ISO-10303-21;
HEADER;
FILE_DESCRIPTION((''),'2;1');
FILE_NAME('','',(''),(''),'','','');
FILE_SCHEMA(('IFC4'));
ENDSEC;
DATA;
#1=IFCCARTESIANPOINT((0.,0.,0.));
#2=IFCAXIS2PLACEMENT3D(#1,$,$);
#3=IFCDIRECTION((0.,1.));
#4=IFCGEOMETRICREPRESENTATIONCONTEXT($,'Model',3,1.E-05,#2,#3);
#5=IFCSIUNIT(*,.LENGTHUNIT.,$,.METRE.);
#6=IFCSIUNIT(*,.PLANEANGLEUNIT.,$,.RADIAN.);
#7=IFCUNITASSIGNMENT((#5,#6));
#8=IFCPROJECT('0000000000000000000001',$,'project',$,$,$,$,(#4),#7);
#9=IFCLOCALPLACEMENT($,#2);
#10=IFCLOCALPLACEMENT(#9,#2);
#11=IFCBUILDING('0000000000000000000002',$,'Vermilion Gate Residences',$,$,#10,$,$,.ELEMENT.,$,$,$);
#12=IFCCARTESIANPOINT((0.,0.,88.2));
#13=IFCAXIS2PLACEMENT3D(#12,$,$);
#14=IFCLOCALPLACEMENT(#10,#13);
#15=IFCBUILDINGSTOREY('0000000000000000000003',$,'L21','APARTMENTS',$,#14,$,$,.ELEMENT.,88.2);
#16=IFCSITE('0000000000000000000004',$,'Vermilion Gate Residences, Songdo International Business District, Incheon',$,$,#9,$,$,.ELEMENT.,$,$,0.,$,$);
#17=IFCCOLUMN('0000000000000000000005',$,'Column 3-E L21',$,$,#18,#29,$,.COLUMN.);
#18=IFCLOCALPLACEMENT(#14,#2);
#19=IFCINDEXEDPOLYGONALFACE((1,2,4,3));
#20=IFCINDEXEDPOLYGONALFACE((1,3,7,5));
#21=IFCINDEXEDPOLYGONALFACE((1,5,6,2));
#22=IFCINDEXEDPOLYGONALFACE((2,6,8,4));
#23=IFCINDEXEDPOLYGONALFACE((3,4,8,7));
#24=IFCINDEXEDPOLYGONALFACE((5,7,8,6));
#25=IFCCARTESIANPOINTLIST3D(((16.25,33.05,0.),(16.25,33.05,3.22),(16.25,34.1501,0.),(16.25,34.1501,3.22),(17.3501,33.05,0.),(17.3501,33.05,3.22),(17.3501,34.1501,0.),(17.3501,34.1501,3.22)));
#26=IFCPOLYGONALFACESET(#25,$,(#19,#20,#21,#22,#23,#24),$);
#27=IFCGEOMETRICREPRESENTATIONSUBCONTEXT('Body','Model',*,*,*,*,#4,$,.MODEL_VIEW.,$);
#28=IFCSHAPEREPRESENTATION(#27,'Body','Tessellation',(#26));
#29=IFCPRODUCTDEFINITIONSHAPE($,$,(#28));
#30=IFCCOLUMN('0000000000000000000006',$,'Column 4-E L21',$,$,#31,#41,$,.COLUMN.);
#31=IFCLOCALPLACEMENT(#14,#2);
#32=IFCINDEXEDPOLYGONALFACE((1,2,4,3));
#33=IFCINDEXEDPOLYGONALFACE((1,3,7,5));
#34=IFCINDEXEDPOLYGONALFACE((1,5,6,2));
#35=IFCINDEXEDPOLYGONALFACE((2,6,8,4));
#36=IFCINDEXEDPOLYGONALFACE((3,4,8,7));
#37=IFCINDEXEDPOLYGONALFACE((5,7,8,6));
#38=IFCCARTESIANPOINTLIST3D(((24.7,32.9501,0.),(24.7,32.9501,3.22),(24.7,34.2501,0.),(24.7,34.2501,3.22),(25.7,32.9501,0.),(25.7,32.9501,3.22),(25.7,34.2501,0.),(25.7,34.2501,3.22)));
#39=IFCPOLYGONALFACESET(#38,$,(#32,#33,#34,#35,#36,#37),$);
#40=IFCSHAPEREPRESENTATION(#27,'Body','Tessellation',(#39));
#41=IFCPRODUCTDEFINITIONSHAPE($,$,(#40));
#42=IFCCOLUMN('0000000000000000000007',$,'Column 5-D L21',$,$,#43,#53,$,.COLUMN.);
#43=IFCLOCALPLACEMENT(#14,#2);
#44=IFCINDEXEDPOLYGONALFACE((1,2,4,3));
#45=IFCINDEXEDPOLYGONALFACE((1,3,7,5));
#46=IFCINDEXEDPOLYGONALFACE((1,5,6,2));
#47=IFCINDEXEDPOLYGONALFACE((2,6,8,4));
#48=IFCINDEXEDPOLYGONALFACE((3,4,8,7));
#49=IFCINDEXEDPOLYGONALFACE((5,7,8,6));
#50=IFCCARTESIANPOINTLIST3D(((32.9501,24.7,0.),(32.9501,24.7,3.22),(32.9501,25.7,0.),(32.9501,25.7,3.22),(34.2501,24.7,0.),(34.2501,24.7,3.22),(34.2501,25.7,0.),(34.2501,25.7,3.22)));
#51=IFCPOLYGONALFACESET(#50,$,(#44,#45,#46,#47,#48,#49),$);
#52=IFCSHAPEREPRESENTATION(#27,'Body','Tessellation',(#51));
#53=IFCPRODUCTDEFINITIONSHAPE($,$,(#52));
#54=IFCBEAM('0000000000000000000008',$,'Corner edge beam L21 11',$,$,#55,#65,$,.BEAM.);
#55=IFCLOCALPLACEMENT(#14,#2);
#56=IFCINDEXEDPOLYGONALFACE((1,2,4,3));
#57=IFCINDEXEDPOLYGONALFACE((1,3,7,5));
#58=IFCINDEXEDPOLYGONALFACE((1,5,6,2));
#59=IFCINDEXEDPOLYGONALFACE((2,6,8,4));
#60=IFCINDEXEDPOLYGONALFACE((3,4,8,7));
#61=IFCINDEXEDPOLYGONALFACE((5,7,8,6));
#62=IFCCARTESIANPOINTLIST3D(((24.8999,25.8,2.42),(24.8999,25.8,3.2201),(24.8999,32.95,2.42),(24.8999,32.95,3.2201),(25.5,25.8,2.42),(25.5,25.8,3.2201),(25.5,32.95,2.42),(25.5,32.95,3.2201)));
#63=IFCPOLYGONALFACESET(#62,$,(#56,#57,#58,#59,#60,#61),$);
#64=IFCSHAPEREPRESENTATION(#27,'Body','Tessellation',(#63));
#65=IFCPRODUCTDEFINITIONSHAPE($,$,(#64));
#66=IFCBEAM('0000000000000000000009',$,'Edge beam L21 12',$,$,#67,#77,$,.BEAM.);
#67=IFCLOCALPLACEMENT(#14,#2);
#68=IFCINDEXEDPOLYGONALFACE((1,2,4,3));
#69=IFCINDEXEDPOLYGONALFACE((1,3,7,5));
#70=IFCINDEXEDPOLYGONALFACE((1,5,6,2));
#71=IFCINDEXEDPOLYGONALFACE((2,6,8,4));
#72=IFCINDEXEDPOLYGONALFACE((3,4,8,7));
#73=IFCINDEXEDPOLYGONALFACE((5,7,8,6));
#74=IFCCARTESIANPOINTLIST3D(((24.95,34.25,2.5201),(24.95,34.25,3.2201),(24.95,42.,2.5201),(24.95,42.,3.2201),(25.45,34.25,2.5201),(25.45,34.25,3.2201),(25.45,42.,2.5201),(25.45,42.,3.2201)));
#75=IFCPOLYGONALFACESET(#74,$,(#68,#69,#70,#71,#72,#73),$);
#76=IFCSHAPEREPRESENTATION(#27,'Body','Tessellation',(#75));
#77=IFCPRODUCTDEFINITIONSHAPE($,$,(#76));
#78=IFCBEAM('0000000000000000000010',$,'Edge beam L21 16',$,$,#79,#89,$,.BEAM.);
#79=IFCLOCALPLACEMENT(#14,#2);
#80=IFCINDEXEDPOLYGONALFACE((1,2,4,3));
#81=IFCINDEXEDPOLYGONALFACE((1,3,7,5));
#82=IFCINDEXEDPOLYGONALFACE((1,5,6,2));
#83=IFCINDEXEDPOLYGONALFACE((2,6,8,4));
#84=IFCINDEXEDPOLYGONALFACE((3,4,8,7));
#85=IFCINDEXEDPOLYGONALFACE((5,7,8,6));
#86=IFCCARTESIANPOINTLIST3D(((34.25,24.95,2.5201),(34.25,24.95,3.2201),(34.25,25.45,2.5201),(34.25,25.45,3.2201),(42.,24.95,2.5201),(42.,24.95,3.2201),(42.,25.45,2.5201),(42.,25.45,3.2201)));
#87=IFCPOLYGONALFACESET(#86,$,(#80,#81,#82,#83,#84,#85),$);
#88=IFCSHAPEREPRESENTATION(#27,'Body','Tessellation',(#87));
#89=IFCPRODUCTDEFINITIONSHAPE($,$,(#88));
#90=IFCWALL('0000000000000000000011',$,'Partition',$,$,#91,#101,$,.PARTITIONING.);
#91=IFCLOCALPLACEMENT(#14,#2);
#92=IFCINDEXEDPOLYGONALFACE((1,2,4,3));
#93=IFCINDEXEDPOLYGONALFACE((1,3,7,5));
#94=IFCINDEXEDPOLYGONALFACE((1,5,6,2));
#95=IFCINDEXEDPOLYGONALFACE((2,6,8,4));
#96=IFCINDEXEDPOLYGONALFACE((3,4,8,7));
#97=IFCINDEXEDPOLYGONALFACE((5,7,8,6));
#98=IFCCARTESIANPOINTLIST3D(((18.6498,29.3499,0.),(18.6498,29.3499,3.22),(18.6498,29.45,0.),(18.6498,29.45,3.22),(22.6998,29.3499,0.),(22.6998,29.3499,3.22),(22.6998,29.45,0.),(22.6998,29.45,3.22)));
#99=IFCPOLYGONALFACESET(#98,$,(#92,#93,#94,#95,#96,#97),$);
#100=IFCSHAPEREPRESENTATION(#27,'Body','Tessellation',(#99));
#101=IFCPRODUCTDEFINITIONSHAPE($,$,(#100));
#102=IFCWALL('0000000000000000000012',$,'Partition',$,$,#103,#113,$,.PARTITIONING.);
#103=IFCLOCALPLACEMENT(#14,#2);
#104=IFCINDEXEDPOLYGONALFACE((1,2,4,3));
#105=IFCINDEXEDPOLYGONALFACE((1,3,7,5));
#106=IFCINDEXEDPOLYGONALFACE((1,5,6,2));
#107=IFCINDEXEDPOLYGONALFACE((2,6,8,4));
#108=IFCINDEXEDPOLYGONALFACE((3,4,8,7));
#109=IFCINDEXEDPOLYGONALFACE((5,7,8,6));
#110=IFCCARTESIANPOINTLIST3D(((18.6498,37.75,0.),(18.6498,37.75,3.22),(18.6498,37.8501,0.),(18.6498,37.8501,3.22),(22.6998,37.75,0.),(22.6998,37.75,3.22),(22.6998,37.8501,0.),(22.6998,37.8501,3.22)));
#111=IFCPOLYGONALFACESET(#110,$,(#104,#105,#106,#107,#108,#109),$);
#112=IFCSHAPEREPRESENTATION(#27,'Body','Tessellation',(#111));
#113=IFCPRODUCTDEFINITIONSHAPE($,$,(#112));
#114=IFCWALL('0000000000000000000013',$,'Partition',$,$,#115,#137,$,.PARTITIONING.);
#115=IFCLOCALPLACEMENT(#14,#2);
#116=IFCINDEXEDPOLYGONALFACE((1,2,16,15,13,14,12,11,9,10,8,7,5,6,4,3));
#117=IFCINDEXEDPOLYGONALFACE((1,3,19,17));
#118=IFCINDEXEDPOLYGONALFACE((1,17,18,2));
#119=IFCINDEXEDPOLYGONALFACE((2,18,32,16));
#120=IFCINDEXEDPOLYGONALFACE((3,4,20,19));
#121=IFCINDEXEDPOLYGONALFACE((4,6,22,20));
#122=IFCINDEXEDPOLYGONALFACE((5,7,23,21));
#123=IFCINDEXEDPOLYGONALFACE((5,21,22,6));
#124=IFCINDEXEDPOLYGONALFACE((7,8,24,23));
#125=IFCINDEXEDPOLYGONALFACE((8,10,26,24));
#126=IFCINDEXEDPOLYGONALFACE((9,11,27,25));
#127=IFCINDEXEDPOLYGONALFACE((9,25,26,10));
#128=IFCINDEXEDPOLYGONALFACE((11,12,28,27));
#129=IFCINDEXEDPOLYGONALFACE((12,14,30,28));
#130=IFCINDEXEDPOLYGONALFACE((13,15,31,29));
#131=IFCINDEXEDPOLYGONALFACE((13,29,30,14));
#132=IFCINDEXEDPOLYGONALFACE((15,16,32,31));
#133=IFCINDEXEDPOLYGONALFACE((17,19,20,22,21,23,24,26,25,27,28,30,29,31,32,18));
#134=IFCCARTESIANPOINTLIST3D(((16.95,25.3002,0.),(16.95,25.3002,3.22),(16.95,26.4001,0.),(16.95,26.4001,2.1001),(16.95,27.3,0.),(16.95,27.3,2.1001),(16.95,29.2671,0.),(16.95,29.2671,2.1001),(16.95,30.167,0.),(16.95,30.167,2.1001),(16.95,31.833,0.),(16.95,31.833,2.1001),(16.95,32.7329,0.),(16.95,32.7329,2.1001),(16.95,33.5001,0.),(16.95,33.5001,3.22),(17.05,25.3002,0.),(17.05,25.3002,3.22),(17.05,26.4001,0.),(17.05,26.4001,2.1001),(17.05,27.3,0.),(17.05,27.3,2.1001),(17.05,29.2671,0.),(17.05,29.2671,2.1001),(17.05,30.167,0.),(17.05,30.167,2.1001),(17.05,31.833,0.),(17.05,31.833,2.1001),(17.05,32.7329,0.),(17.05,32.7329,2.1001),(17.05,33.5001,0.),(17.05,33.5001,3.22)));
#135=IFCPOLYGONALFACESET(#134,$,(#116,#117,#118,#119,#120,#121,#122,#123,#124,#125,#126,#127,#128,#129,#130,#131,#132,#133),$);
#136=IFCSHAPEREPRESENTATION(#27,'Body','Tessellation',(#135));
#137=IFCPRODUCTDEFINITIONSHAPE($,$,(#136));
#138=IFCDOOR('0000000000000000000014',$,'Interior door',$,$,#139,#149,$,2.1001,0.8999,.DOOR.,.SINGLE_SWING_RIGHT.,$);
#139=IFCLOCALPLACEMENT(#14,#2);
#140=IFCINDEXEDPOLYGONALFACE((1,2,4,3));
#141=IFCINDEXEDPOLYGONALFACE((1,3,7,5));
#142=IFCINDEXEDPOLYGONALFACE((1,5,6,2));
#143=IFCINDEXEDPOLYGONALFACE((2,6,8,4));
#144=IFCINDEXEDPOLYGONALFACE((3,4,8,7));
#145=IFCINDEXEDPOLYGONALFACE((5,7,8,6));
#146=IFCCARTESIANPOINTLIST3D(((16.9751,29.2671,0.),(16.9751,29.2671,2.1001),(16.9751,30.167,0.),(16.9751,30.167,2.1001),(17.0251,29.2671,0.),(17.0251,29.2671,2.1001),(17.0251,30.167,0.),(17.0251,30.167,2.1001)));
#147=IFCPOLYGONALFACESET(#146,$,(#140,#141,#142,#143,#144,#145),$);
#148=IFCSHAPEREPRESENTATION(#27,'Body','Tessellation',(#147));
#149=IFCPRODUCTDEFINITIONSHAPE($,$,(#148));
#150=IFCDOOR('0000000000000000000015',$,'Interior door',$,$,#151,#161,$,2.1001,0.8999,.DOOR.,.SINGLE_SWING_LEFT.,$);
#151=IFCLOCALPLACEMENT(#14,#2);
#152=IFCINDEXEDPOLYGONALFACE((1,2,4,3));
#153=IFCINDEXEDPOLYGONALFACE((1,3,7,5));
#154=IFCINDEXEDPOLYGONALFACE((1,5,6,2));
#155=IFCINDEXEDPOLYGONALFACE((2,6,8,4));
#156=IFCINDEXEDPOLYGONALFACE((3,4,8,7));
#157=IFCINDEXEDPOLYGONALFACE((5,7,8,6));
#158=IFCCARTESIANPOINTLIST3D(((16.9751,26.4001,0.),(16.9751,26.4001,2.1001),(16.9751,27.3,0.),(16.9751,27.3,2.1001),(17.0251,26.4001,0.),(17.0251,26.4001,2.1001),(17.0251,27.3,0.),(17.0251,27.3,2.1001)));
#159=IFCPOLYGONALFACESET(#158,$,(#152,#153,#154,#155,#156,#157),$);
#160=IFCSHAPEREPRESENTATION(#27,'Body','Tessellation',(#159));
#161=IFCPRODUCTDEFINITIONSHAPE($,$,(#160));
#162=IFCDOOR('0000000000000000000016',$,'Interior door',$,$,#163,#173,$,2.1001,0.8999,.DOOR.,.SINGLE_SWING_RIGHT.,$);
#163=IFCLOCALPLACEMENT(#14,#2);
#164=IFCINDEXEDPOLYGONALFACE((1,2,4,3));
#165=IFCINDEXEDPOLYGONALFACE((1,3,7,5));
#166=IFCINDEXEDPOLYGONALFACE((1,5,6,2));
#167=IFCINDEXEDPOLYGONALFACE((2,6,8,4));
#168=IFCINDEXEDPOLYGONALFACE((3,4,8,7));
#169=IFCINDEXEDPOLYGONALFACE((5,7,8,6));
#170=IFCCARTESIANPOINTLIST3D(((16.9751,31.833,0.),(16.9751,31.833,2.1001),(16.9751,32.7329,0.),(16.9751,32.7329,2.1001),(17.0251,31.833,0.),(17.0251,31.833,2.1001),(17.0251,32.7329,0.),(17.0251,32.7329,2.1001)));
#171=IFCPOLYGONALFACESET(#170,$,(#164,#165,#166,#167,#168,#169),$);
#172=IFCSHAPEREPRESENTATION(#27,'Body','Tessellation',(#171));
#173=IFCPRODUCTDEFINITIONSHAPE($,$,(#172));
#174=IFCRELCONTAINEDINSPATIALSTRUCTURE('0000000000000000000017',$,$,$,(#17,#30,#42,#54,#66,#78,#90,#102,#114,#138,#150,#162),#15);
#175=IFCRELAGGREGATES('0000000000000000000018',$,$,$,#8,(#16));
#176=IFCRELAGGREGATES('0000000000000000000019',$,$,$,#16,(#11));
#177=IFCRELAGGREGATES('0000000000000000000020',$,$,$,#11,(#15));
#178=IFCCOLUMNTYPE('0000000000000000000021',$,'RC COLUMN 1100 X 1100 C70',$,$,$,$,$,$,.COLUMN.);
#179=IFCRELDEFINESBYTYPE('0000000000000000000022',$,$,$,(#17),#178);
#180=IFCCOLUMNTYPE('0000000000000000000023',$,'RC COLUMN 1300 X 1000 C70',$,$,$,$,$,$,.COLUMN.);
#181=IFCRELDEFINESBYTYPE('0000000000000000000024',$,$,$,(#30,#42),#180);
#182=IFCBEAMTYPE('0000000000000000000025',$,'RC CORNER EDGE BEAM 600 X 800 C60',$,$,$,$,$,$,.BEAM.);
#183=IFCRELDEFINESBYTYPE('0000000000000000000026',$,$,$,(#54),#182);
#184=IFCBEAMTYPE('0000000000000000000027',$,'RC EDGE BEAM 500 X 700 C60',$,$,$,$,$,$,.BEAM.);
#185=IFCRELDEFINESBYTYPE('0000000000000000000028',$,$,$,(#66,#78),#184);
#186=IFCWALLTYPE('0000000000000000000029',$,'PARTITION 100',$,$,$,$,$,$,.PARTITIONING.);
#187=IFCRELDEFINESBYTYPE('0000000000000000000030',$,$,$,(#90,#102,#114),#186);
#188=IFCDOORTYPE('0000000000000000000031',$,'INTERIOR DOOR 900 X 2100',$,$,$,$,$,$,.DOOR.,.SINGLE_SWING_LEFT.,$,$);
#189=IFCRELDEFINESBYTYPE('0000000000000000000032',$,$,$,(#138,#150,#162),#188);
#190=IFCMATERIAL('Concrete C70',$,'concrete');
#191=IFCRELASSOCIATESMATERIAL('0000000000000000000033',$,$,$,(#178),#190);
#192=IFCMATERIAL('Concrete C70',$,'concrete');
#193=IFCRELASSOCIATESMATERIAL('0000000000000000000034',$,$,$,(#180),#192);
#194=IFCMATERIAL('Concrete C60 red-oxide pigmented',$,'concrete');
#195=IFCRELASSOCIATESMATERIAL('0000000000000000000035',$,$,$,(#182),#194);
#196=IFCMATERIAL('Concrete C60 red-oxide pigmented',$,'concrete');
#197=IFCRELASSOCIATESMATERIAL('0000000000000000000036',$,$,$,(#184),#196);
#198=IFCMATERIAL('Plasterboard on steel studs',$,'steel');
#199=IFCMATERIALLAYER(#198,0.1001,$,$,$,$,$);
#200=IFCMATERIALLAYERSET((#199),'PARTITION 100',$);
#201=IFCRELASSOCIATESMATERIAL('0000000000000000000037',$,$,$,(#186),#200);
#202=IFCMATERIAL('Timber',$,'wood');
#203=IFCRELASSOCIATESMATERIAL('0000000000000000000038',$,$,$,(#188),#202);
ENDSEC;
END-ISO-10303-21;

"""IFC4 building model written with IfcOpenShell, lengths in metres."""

from ifc_helpers import new_model, si_unit, direction, frame, frame_2d, origin, origin_2d, place, context, subcontext, project, spatial, rectangle, extrude, material, layer, layer_set, material_profile, profile_set, type_object, element, fill, save


model = new_model("IFC4")

# Units and contexts
model_context = context("Model", 3, precision=1e-05, world=origin(), true_north=direction((0.0, 1.0)))
body_context = subcontext(model_context, "Body", "Model", "MODEL_VIEW")
ifc_project = project(units=[si_unit("LENGTHUNIT", "METRE"), si_unit("PLANEANGLEUNIT", "RADIAN")], contexts=[model_context])

# Site, building, storey
site_placement = place(None, origin())
site = spatial("IfcSite", under=ifc_project, at=site_placement, Name="Vermilion Gate Residences, Songdo International Business District, Incheon", CompositionType="ELEMENT", RefElevation=0.0)
building_placement = place(site_placement, origin())
building = spatial("IfcBuilding", under=site, at=building_placement, Name="Vermilion Gate Residences", CompositionType="ELEMENT")
storey_placement = place(building_placement, frame((0.0, 0.0, 88.2)))
storey = spatial("IfcBuildingStorey", under=building, at=storey_placement, Name="L21", Description="APARTMENTS", CompositionType="ELEMENT", Elevation=88.2)

# Columns
ifc_material_1 = material(Name="Concrete C70", Category="concrete")
ifc_material_profile_1 = material_profile(ifc_material_1, rectangle(XDim=1.1001, YDim=1.1001, at=origin_2d()), Name="RC-1100x1100")
ifc_profile_set_1 = profile_set([ifc_material_profile_1], Name="Concrete C70")
column_type_1 = type_object("IfcColumnType", Name="RC COLUMN 1100 X 1100 C70", PredefinedType="COLUMN", material=ifc_profile_set_1)
column_placement = place(storey_placement, frame((16.8, 33.6001, 0.0), z_axis=(0.0, 0.0, 1.0), x_axis=(1.0, 0.0, 0.0)))
element("IfcColumn", 1, at=column_placement, inside=storey, type_object=column_type_1, Name="Column 3-E L21", PredefinedType="COLUMN", context=body_context, shape_type="SweptSolid", body=[
    extrude(rectangle(XDim=1.1001, YDim=1.1001, at=origin_2d()), origin(), (0.0, 0.0, 1.0), 3.22),
])
ifc_material_2 = material(Name="Concrete C70", Category="concrete")
ifc_material_profile_2 = material_profile(ifc_material_2, rectangle(XDim=1.3, YDim=1.0, at=origin_2d()), Name="RC-1300x1000")
ifc_profile_set_2 = profile_set([ifc_material_profile_2], Name="Concrete C70")
column_type_2 = type_object("IfcColumnType", Name="RC COLUMN 1300 X 1000 C70", PredefinedType="COLUMN", material=ifc_profile_set_2)
for number, where, z_axis, x_axis, name in (
    (2, (25.2, 33.6001, 0.0), (0.0, 0.0, 1.0), (0.0, 1.0, 0.0), "Column 4-E L21"),
    (3, (33.6001, 25.2, 0.0), (0.0, 0.0, 1.0), (1.0, 0.0, 0.0), "Column 5-D L21"),
):
    element("IfcColumn", number, at=place(storey_placement, frame(where, z_axis=z_axis, x_axis=x_axis)), inside=storey, type_object=column_type_2, Name=name, PredefinedType="COLUMN", context=body_context, shape_type="SweptSolid", body=[
        extrude(rectangle(XDim=1.3, YDim=1.0, at=origin_2d()), origin(), (0.0, 0.0, 1.0), 3.22),
    ])

# Beams
ifc_material_3 = material(Name="Concrete C60 red-oxide pigmented", Category="concrete")
ifc_material_profile_3 = material_profile(ifc_material_3, rectangle(XDim=0.6001, YDim=0.8, at=origin_2d()), Name="RC-600x800")
ifc_profile_set_3 = profile_set([ifc_material_profile_3], Name="Concrete C60 red-oxide pigmented")
beam_type_1 = type_object("IfcBeamType", Name="RC CORNER EDGE BEAM 600 X 800 C60", PredefinedType="BEAM", material=ifc_profile_set_3)
beam_placement = place(storey_placement, frame((25.2, 25.8, 2.8201), z_axis=(0.0, 1.0, 0.0), x_axis=(-1.0, 0.0, 0.0)))
element("IfcBeam", 4, at=beam_placement, inside=storey, type_object=beam_type_1, Name="Corner edge beam L21 11", PredefinedType="BEAM", context=body_context, shape_type="SweptSolid", body=[
    extrude(rectangle(XDim=0.6001, YDim=0.8, at=origin_2d()), origin(), (0.0, 0.0, 1.0), 7.1499),
])
ifc_material_4 = material(Name="Concrete C60 red-oxide pigmented", Category="concrete")
ifc_material_profile_4 = material_profile(ifc_material_4, rectangle(XDim=0.5, YDim=0.7, at=origin_2d()), Name="RC-500x700")
ifc_profile_set_4 = profile_set([ifc_material_profile_4], Name="Concrete C60 red-oxide pigmented")
beam_type_2 = type_object("IfcBeamType", Name="RC EDGE BEAM 500 X 700 C60", PredefinedType="BEAM", material=ifc_profile_set_4)
for number, where, z_axis, x_axis, name in (
    (5, (25.2, 34.25, 2.8701), (0.0, 1.0, 0.0), (-1.0, 0.0, 0.0), "Edge beam L21 12"),
    (6, (34.25, 25.2, 2.8701), (1.0, 0.0, 0.0), (0.0, 1.0, 0.0), "Edge beam L21 16"),
):
    element("IfcBeam", number, at=place(storey_placement, frame(where, z_axis=z_axis, x_axis=x_axis)), inside=storey, type_object=beam_type_2, Name=name, PredefinedType="BEAM", context=body_context, shape_type="SweptSolid", body=[
        extrude(rectangle(XDim=0.5, YDim=0.7, at=origin_2d()), origin(), (0.0, 0.0, 1.0), 7.75),
    ])

# Walls
ifc_material_5 = material(Name="Plasterboard on steel studs", Category="steel")
ifc_layer_1 = layer(ifc_material_5, 0.1001)
ifc_layer_set_1 = layer_set([ifc_layer_1], Name="PARTITION 100")
wall_type = type_object("IfcWallType", Name="PARTITION 100", PredefinedType="PARTITIONING", material=ifc_layer_set_1)
for number, where, z_axis, x_axis, name in (
    (7, (18.6499, 29.3999, 0.0), (0.0, 0.0, 1.0), (1.0, 0.0, 0.0), "Partition"),
    (8, (18.6499, 37.8, 0.0), (0.0, 0.0, 1.0), (1.0, 0.0, 0.0), "Partition"),
):
    element("IfcWall", number, at=place(storey_placement, frame(where, z_axis=z_axis, x_axis=x_axis)), inside=storey, type_object=wall_type, Name=name, PredefinedType="PARTITIONING", context=body_context, shape_type="SweptSolid", body=[
        extrude(rectangle(XDim=4.05, YDim=0.1001, at=frame_2d((2.0249, 0.0))), origin(), (0.0, 0.0, 1.0), 3.22),
    ])

# Wall, openings, doors
wall_1_placement = place(storey_placement, frame((17.0, 25.3, 0.0), z_axis=(0.0, 0.0, 1.0), x_axis=(0.0, 1.0, 0.0)))
wall_1 = element("IfcWall", 9, at=wall_1_placement, inside=storey, type_object=wall_type, Name="Partition", PredefinedType="PARTITIONING", context=body_context, shape_type="SweptSolid", body=[
    extrude(rectangle(XDim=8.2, YDim=0.1001, at=frame_2d((4.1001, 0.0))), origin(), (0.0, 0.0, 1.0), 3.22),
])
opening_1_placement = place(wall_1_placement, frame((3.967, 0.0, 0.0)))
opening_1 = element("IfcOpeningElement", 10, at=opening_1_placement, cuts=wall_1, PredefinedType="OPENING", context=body_context, shape_type="SweptSolid", body=[
    extrude(rectangle(XDim=0.8999, YDim=2.1001, at=frame_2d((0.45, 1.05))), frame((0.0, 0.0601, 0.0), z_axis=(0.0, -1.0, 0.0), x_axis=(1.0, 0.0, 0.0)), (0.0, 0.0, 1.0), 0.1201),
])
opening_2_placement = place(wall_1_placement, frame((1.1001, 0.0, 0.0)))
opening_2 = element("IfcOpeningElement", 11, at=opening_2_placement, cuts=wall_1, PredefinedType="OPENING", context=body_context, shape_type="SweptSolid", body=[
    extrude(rectangle(XDim=0.8999, YDim=2.1001, at=frame_2d((0.45, 1.05))), frame((0.0, 0.0601, 0.0), z_axis=(0.0, -1.0, 0.0), x_axis=(1.0, 0.0, 0.0)), (0.0, 0.0, 1.0), 0.1201),
])
opening_3_placement = place(wall_1_placement, frame((6.533, 0.0, 0.0)))
opening_3 = element("IfcOpeningElement", 12, at=opening_3_placement, cuts=wall_1, PredefinedType="OPENING", context=body_context, shape_type="SweptSolid", body=[
    extrude(rectangle(XDim=0.8999, YDim=2.1001, at=frame_2d((0.45, 1.05))), frame((0.0, 0.0601, 0.0), z_axis=(0.0, -1.0, 0.0), x_axis=(1.0, 0.0, 0.0)), (0.0, 0.0, 1.0), 0.1201),
])
ifc_material_6 = material(Name="Timber", Category="wood")
door_type = type_object("IfcDoorType", Name="INTERIOR DOOR 900 X 2100", OperationType="SINGLE_SWING_LEFT", PredefinedType="DOOR", material=ifc_material_6)
door_1_placement = place(opening_1_placement, origin())
door_1 = element("IfcDoor", 13, at=door_1_placement, inside=storey, type_object=door_type, Name="Interior door", OperationType="SINGLE_SWING_RIGHT", OverallHeight=2.1001, OverallWidth=0.8999, PredefinedType="DOOR", context=body_context, shape_type="SweptSolid", body=[
    extrude(rectangle(XDim=0.8999, YDim=2.1001, at=frame_2d((0.45, 1.05))), frame((0.0, 0.0249, 0.0), z_axis=(0.0, -1.0, 0.0), x_axis=(1.0, 0.0, 0.0)), (0.0, 0.0, 1.0), 0.05),
])
fill(opening_1, door_1)
door_2_placement = place(opening_2_placement, origin())
door_2 = element("IfcDoor", 14, at=door_2_placement, inside=storey, type_object=door_type, Name="Interior door", OperationType="SINGLE_SWING_LEFT", OverallHeight=2.1001, OverallWidth=0.8999, PredefinedType="DOOR", context=body_context, shape_type="SweptSolid", body=[
    extrude(rectangle(XDim=0.8999, YDim=2.1001, at=frame_2d((0.45, 1.05))), frame((0.0, 0.0249, 0.0), z_axis=(0.0, -1.0, 0.0), x_axis=(1.0, 0.0, 0.0)), (0.0, 0.0, 1.0), 0.05),
])
fill(opening_2, door_2)
door_3_placement = place(opening_3_placement, origin())
door_3 = element("IfcDoor", 15, at=door_3_placement, inside=storey, type_object=door_type, Name="Interior door", OperationType="SINGLE_SWING_RIGHT", OverallHeight=2.1001, OverallWidth=0.8999, PredefinedType="DOOR", context=body_context, shape_type="SweptSolid", body=[
    extrude(rectangle(XDim=0.8999, YDim=2.1001, at=frame_2d((0.45, 1.05))), frame((0.0, 0.0249, 0.0), z_axis=(0.0, -1.0, 0.0), x_axis=(1.0, 0.0, 0.0)), (0.0, 0.0, 1.0), 0.05),
])
fill(opening_3, door_3)

save(model, "model.ifc")
